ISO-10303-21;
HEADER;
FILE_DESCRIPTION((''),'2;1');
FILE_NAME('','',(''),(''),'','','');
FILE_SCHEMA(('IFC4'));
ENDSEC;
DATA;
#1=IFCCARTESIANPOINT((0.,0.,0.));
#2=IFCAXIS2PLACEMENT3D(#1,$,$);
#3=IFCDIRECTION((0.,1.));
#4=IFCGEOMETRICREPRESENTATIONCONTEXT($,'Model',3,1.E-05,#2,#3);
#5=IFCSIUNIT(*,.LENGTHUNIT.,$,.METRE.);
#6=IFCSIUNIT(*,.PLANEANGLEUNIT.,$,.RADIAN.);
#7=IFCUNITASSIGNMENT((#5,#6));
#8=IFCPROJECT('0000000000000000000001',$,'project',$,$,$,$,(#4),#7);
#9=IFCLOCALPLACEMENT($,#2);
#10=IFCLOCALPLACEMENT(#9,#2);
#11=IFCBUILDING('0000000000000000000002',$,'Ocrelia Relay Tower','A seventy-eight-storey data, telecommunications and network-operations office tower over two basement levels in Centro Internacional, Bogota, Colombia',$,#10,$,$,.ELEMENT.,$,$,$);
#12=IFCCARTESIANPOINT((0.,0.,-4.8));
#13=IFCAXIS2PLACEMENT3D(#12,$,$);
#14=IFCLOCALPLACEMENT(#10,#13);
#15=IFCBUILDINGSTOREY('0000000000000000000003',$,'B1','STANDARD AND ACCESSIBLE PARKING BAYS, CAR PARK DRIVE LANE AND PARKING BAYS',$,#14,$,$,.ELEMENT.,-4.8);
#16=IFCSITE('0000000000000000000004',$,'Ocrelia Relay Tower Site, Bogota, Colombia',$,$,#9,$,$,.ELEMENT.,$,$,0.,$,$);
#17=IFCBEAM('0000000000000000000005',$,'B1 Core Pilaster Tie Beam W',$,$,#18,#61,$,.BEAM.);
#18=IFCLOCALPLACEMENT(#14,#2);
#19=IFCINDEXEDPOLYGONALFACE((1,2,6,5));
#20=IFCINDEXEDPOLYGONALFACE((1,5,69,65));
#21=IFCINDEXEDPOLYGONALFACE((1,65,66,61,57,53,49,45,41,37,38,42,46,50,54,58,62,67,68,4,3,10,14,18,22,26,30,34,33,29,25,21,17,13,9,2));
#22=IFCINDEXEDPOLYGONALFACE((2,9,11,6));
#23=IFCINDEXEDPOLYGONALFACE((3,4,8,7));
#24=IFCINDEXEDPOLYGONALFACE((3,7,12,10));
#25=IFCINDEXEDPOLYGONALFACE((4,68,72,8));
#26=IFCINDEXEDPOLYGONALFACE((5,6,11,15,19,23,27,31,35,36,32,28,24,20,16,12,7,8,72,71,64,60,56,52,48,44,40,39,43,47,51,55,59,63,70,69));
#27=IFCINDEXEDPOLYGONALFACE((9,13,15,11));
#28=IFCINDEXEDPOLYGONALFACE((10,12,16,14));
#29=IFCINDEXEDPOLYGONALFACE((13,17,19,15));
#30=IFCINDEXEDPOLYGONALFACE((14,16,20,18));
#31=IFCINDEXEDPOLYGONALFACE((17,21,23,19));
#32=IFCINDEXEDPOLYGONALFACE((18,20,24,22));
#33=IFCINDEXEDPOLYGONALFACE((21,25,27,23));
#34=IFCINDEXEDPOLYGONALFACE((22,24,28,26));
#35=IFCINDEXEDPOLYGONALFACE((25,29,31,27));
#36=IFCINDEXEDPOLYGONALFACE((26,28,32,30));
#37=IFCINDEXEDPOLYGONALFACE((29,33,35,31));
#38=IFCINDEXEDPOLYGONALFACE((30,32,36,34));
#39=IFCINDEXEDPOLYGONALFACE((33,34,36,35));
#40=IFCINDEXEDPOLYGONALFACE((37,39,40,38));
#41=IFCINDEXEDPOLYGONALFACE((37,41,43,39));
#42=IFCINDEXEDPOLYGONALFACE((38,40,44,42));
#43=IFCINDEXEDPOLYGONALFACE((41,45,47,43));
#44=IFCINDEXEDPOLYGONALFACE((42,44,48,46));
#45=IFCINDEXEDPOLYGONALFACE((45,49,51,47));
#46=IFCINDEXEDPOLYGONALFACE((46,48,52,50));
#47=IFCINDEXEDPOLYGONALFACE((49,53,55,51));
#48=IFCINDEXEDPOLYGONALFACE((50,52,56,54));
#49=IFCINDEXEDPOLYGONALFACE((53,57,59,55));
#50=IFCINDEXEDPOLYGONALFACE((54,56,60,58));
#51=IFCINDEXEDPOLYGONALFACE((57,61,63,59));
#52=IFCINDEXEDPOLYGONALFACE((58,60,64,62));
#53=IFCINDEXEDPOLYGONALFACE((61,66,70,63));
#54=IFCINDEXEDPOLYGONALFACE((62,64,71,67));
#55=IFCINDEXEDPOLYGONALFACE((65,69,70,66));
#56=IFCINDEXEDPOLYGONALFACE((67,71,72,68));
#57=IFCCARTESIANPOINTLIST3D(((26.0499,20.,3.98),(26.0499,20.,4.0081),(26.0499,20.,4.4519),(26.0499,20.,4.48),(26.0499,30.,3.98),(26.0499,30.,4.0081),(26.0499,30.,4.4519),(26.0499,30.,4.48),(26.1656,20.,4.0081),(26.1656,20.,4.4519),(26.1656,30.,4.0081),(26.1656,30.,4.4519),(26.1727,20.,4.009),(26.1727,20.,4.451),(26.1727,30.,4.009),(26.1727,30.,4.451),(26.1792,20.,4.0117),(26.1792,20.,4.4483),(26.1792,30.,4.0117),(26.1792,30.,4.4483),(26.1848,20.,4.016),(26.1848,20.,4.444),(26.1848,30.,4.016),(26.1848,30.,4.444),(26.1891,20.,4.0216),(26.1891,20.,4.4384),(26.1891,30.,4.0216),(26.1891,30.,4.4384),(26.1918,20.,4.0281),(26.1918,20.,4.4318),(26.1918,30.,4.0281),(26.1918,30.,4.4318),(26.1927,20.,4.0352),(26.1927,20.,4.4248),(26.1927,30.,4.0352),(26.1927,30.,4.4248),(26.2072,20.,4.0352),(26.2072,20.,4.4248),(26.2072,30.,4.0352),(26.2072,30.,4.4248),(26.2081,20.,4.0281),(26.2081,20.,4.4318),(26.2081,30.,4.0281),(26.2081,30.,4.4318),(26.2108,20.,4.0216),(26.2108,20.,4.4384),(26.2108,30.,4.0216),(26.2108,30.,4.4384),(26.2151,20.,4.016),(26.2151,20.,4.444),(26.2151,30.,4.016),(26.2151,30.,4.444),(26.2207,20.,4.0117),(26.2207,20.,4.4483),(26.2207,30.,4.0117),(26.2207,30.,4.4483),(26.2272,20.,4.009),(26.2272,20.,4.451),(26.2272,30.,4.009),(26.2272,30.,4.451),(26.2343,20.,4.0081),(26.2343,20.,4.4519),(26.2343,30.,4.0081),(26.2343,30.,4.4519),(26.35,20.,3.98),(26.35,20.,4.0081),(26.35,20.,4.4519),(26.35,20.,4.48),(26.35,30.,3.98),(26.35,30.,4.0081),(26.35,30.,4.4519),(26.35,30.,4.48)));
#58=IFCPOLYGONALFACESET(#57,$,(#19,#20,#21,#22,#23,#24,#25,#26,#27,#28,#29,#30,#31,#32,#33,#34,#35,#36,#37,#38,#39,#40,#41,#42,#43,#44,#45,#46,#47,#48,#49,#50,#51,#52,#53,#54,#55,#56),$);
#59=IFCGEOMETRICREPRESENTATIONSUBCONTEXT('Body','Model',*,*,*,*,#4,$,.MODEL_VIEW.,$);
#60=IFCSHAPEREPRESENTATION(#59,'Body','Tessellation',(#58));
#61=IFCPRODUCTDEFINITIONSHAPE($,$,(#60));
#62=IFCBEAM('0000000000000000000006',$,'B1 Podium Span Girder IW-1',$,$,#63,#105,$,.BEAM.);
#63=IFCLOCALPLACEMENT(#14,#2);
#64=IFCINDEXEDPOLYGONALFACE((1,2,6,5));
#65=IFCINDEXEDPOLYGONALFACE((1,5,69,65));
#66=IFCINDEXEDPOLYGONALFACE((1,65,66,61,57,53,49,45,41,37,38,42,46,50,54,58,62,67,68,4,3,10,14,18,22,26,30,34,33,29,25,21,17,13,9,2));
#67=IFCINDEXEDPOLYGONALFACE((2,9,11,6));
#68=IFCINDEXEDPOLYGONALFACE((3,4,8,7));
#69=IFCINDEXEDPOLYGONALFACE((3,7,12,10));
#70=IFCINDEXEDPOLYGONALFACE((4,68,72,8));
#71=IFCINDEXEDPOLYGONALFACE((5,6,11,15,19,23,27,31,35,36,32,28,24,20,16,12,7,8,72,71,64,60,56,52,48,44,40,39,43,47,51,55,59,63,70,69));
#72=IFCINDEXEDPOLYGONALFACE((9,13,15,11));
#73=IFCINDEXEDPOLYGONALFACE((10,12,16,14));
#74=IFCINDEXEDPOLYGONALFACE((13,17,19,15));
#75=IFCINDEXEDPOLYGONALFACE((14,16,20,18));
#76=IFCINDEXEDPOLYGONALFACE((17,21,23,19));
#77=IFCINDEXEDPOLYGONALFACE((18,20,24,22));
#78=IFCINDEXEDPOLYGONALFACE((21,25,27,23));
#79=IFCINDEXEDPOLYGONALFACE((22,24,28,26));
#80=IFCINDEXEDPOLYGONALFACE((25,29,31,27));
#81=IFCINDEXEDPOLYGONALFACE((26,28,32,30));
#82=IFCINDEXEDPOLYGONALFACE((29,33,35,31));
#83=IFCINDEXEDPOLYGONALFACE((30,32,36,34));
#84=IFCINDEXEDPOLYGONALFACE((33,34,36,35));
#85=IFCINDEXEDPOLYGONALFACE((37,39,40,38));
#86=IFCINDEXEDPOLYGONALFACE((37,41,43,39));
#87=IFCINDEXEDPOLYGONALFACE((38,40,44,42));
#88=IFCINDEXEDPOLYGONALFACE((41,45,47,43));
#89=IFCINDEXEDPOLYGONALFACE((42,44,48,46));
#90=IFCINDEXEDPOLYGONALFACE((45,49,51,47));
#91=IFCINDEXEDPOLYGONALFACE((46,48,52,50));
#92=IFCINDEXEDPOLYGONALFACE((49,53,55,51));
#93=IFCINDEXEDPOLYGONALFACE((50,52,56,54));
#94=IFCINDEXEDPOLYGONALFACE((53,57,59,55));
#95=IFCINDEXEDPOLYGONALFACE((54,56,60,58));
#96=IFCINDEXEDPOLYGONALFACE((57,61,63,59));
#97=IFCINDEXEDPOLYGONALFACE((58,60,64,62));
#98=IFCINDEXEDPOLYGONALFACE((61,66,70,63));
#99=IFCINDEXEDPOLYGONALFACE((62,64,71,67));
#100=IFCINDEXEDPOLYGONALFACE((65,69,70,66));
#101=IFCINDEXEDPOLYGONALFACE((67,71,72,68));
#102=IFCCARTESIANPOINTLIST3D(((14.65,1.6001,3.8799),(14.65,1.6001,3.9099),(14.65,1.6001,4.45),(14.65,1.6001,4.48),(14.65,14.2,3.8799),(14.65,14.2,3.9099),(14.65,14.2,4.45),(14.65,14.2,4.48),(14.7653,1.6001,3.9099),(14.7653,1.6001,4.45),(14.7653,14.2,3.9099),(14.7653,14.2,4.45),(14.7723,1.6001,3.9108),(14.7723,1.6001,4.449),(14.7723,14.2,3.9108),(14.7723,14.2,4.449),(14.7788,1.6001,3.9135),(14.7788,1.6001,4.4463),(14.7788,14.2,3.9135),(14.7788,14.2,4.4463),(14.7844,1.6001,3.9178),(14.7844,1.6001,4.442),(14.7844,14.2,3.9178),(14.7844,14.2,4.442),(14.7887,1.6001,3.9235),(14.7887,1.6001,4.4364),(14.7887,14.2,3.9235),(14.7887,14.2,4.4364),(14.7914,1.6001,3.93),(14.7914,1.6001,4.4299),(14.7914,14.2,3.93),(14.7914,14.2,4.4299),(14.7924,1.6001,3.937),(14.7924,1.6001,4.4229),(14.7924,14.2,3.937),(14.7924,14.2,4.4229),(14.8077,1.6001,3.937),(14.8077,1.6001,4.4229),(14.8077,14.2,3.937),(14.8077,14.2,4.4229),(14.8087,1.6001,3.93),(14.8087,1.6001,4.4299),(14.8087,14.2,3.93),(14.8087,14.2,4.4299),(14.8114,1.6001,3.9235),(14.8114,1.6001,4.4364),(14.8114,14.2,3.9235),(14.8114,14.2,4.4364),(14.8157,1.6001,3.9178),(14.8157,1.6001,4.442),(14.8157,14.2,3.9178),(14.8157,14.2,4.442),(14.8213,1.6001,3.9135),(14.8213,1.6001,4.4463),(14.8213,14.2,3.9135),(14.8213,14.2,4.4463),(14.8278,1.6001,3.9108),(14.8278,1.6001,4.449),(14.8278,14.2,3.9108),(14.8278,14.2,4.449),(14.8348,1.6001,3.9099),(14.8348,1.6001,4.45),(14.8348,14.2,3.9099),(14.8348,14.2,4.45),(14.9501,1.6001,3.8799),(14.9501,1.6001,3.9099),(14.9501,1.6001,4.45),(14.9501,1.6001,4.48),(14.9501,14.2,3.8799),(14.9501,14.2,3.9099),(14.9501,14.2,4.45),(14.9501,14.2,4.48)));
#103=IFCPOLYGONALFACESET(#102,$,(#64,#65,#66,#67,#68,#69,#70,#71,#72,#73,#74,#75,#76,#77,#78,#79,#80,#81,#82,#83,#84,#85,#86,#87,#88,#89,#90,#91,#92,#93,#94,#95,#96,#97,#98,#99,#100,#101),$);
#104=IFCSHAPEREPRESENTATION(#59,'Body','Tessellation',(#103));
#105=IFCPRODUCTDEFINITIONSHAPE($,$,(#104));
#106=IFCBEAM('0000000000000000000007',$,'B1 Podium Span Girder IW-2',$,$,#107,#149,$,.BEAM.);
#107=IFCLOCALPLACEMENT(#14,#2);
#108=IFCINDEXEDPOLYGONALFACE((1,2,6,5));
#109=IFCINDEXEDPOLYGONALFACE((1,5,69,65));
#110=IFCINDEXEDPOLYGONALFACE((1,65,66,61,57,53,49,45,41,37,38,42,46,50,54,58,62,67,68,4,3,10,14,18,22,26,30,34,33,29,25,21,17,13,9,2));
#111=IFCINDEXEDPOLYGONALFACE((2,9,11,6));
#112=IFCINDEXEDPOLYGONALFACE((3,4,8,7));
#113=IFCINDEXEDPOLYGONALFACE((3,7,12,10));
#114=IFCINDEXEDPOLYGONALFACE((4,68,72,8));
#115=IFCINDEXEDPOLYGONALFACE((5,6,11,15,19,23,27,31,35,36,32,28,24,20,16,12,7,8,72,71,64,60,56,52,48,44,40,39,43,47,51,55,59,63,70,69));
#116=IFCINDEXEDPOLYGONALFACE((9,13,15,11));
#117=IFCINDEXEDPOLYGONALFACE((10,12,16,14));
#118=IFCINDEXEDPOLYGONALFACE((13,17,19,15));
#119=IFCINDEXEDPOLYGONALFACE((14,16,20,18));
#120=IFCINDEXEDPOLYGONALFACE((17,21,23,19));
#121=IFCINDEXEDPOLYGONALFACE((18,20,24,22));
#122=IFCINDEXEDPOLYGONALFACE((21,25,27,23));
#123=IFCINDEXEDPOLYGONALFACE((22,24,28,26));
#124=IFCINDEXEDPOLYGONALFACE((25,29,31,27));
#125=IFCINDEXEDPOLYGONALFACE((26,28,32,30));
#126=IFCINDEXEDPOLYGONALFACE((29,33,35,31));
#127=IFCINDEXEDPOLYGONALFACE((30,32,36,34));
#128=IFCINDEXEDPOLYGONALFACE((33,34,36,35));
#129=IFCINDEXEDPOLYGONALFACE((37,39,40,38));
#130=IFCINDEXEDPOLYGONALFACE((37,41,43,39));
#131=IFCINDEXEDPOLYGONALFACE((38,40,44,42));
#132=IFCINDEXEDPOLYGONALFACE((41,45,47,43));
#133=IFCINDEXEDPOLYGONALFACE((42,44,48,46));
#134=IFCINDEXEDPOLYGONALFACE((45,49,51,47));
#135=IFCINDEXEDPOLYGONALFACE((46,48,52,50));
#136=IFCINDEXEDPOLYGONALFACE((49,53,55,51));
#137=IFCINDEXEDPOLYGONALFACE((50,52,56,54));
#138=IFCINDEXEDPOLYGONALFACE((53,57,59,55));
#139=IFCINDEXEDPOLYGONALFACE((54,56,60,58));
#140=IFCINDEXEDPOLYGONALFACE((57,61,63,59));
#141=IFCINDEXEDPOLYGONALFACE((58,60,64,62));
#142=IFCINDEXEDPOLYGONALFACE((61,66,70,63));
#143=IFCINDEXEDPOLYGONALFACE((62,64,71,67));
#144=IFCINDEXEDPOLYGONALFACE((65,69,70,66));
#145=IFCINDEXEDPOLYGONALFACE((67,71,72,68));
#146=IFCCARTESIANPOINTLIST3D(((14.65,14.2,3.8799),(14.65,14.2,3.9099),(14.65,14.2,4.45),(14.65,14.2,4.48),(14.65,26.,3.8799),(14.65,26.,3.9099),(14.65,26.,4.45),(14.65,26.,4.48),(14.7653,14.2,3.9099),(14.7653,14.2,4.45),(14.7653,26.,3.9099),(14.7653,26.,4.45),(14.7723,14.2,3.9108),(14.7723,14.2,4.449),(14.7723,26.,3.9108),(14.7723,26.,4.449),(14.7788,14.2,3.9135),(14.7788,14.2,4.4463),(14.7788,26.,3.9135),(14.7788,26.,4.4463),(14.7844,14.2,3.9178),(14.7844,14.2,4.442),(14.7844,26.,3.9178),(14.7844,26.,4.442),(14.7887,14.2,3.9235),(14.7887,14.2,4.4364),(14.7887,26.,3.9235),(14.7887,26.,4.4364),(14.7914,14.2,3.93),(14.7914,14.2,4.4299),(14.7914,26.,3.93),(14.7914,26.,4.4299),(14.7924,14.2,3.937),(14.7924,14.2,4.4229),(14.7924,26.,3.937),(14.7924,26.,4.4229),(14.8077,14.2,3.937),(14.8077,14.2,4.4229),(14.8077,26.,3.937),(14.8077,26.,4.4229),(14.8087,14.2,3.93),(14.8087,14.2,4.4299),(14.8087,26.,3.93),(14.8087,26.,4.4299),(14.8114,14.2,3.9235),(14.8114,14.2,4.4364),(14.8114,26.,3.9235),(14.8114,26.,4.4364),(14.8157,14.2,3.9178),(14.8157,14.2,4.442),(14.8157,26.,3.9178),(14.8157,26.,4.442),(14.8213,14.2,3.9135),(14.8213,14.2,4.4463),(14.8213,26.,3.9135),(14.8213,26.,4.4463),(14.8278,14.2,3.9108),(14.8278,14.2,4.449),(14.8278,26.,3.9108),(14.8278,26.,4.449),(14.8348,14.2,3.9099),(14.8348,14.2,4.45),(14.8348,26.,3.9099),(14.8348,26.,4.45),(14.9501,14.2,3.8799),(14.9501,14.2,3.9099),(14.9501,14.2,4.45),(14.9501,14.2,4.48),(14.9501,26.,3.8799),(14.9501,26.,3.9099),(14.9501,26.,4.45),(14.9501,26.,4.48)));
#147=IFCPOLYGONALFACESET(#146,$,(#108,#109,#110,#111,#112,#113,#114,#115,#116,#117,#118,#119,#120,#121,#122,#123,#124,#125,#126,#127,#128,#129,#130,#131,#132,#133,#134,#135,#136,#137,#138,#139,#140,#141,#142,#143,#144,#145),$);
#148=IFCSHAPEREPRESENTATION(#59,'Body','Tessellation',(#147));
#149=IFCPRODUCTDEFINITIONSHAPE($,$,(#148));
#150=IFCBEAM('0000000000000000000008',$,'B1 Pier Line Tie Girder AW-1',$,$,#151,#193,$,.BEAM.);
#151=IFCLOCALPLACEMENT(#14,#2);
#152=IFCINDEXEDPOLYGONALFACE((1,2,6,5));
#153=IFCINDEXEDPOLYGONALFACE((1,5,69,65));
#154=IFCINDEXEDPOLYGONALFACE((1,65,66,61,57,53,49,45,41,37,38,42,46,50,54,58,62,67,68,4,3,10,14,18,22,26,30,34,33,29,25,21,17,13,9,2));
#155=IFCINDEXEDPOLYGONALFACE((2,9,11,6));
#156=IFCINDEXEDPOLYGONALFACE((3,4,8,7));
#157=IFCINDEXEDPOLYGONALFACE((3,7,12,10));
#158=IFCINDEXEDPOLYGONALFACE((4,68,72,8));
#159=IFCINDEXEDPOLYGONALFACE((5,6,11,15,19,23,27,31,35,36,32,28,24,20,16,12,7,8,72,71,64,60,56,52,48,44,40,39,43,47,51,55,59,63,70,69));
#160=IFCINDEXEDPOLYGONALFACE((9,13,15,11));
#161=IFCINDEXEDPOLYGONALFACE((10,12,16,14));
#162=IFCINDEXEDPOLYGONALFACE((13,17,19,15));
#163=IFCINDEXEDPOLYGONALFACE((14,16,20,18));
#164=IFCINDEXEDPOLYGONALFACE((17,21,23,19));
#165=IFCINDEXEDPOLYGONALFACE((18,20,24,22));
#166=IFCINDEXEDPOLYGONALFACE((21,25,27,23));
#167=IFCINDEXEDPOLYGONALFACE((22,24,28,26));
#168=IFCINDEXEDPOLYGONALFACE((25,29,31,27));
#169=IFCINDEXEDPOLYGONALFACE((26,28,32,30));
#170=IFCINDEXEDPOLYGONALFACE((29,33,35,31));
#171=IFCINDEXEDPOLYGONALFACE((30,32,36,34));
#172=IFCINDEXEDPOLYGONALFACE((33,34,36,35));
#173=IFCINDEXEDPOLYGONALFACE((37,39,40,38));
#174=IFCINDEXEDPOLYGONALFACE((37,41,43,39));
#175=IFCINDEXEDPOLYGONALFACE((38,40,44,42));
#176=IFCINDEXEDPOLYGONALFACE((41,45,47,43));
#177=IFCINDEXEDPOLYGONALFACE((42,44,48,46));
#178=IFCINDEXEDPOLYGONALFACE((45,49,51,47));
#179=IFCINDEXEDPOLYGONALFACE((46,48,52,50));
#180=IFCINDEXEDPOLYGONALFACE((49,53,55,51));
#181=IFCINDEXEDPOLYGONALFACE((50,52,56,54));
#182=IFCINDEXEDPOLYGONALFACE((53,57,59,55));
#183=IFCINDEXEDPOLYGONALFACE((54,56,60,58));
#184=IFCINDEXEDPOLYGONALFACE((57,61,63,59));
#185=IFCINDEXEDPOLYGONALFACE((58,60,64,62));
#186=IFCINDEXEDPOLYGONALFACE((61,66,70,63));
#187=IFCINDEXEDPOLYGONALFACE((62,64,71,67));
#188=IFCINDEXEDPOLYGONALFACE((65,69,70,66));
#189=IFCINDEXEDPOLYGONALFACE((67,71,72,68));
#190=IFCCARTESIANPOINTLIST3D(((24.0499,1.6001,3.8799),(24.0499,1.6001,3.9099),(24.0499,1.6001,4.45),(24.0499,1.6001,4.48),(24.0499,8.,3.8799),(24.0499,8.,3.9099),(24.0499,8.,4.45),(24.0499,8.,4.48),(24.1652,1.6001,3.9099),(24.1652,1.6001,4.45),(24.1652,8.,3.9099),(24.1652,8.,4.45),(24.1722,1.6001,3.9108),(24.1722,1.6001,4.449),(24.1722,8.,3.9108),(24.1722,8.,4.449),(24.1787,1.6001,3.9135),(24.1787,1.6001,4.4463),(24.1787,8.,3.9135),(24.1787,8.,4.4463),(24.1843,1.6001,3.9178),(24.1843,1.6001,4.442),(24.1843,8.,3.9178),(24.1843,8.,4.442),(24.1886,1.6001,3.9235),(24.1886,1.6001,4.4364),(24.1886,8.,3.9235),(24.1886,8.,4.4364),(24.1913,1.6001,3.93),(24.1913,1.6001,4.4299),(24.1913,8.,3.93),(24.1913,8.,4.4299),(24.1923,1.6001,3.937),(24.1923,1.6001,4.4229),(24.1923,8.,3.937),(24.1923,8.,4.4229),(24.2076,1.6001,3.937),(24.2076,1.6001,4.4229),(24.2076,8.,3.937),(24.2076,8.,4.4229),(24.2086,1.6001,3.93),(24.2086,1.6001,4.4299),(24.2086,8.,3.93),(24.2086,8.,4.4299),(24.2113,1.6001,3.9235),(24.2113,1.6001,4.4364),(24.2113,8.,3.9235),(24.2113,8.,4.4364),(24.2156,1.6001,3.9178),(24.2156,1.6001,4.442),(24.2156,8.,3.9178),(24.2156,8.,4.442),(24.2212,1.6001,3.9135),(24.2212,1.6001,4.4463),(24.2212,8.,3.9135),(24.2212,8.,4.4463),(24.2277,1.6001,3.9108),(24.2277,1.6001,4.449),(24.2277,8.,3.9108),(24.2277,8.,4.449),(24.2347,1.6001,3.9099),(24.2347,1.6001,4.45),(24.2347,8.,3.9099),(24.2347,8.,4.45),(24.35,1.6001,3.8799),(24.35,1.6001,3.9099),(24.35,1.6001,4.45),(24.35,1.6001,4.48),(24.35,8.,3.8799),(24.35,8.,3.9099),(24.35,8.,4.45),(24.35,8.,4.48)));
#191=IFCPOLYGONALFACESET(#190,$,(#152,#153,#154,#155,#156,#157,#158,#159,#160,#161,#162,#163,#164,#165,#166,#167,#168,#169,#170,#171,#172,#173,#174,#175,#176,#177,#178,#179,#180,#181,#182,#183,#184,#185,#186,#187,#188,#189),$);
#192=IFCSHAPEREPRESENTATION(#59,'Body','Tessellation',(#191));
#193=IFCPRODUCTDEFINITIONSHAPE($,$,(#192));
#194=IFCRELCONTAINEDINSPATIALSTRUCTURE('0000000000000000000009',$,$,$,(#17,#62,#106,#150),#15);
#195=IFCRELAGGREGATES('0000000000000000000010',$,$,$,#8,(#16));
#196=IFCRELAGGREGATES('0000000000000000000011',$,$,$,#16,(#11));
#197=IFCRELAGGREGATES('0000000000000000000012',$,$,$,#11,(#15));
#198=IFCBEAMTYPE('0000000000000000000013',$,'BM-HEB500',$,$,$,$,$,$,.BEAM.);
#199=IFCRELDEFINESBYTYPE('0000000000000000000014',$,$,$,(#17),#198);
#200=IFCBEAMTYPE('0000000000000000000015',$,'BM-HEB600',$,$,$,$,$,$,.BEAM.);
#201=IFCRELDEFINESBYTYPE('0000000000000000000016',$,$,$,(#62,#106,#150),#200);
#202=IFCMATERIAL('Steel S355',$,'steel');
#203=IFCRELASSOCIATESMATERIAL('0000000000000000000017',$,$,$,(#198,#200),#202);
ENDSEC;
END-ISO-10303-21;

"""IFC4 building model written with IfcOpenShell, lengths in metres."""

from ifc_helpers import new_model, si_unit, direction, frame, origin, origin_2d, place, context, subcontext, project, spatial, i_section, extrude, material, material_profile, profile_set, type_object, element, save


model = new_model("IFC4")

# Units and contexts
model_context = context("Model", 3, precision=1e-05, world=origin(), true_north=direction((0.0, 1.0)))
body_context = subcontext(model_context, "Body", "Model", "MODEL_VIEW")
ifc_project = project(units=[si_unit("LENGTHUNIT", "METRE"), si_unit("PLANEANGLEUNIT", "RADIAN")], contexts=[model_context])

# Site, building, storey
site_placement = place(None, origin())
site = spatial("IfcSite", under=ifc_project, at=site_placement, Name="Ocrelia Relay Tower Site, Bogota, Colombia", CompositionType="ELEMENT", RefElevation=0.0)
building_placement = place(site_placement, origin())
building = spatial("IfcBuilding", under=site, at=building_placement, Name="Ocrelia Relay Tower", Description="A seventy-eight-storey data, telecommunications and network-operations office tower over two basement levels in Centro Internacional, Bogota, Colombia", CompositionType="ELEMENT")
storey_placement = place(building_placement, frame((0.0, 0.0, -4.8)))
storey = spatial("IfcBuildingStorey", under=building, at=storey_placement, Name="B1", Description="STANDARD AND ACCESSIBLE PARKING BAYS, CAR PARK DRIVE LANE AND PARKING BAYS", CompositionType="ELEMENT", Elevation=-4.8)

# Beams
ifc_material_1 = material(Name="Steel S355", Category="steel")
ifc_material_profile_1 = material_profile(ifc_material_1, i_section(OverallWidth=0.3, OverallDepth=0.5, WebThickness=0.0144, FlangeThickness=0.0281, FilletRadius=0.0271, at=origin_2d()), Name="HEB 500")
ifc_profile_set_1 = profile_set([ifc_material_profile_1], Name="Steel S355")
beam_type_1 = type_object("IfcBeamType", Name="BM-HEB500", PredefinedType="BEAM", material=ifc_profile_set_1)
beam_1_placement = place(storey_placement, frame((26.2, 20.0, 4.23), z_axis=(0.0, 1.0, 0.0), x_axis=(-1.0, 0.0, 0.0)))
element("IfcBeam", 1, at=beam_1_placement, inside=storey, type_object=beam_type_1, Name="B1 Core Pilaster Tie Beam W", PredefinedType="BEAM", context=body_context, shape_type="SweptSolid", body=[
    extrude(i_section(OverallWidth=0.3, OverallDepth=0.5, WebThickness=0.0144, FlangeThickness=0.0281, FilletRadius=0.0271, at=origin_2d()), origin(), (0.0, 0.0, 1.0), 10.0),
])
ifc_material_profile_2 = material_profile(ifc_material_1, i_section(OverallWidth=0.3, OverallDepth=0.6001, WebThickness=0.0154, FlangeThickness=0.03, FilletRadius=0.0271, at=origin_2d()), Name="HEB 600")
ifc_profile_set_2 = profile_set([ifc_material_profile_2], Name="Steel S355")
beam_type_2 = type_object("IfcBeamType", Name="BM-HEB600", PredefinedType="BEAM", material=ifc_profile_set_2)
beam_2_placement = place(storey_placement, frame((14.8, 1.6001, 4.1799), z_axis=(0.0, 1.0, 0.0), x_axis=(-1.0, 0.0, 0.0)))
element("IfcBeam", 2, at=beam_2_placement, inside=storey, type_object=beam_type_2, Name="B1 Podium Span Girder IW-1", PredefinedType="BEAM", context=body_context, shape_type="SweptSolid", body=[
    extrude(i_section(OverallWidth=0.3, OverallDepth=0.6001, WebThickness=0.0154, FlangeThickness=0.03, FilletRadius=0.0271, at=origin_2d()), origin(), (0.0, 0.0, 1.0), 12.5999),
])
beam_3_placement = place(storey_placement, frame((14.8, 14.2, 4.1799), z_axis=(0.0, 1.0, 0.0), x_axis=(-1.0, 0.0, 0.0)))
element("IfcBeam", 3, at=beam_3_placement, inside=storey, type_object=beam_type_2, Name="B1 Podium Span Girder IW-2", PredefinedType="BEAM", context=body_context, shape_type="SweptSolid", body=[
    extrude(i_section(OverallWidth=0.3, OverallDepth=0.6001, WebThickness=0.0154, FlangeThickness=0.03, FilletRadius=0.0271, at=origin_2d()), origin(), (0.0, 0.0, 1.0), 11.8),
])
beam_4_placement = place(storey_placement, frame((24.2, 1.6001, 4.1799), z_axis=(0.0, 1.0, 0.0), x_axis=(-1.0, 0.0, 0.0)))
element("IfcBeam", 4, at=beam_4_placement, inside=storey, type_object=beam_type_2, Name="B1 Pier Line Tie Girder AW-1", PredefinedType="BEAM", context=body_context, shape_type="SweptSolid", body=[
    extrude(i_section(OverallWidth=0.3, OverallDepth=0.6001, WebThickness=0.0154, FlangeThickness=0.03, FilletRadius=0.0271, at=origin_2d()), origin(), (0.0, 0.0, 1.0), 6.3999),
])

save(model, "model.ifc")
